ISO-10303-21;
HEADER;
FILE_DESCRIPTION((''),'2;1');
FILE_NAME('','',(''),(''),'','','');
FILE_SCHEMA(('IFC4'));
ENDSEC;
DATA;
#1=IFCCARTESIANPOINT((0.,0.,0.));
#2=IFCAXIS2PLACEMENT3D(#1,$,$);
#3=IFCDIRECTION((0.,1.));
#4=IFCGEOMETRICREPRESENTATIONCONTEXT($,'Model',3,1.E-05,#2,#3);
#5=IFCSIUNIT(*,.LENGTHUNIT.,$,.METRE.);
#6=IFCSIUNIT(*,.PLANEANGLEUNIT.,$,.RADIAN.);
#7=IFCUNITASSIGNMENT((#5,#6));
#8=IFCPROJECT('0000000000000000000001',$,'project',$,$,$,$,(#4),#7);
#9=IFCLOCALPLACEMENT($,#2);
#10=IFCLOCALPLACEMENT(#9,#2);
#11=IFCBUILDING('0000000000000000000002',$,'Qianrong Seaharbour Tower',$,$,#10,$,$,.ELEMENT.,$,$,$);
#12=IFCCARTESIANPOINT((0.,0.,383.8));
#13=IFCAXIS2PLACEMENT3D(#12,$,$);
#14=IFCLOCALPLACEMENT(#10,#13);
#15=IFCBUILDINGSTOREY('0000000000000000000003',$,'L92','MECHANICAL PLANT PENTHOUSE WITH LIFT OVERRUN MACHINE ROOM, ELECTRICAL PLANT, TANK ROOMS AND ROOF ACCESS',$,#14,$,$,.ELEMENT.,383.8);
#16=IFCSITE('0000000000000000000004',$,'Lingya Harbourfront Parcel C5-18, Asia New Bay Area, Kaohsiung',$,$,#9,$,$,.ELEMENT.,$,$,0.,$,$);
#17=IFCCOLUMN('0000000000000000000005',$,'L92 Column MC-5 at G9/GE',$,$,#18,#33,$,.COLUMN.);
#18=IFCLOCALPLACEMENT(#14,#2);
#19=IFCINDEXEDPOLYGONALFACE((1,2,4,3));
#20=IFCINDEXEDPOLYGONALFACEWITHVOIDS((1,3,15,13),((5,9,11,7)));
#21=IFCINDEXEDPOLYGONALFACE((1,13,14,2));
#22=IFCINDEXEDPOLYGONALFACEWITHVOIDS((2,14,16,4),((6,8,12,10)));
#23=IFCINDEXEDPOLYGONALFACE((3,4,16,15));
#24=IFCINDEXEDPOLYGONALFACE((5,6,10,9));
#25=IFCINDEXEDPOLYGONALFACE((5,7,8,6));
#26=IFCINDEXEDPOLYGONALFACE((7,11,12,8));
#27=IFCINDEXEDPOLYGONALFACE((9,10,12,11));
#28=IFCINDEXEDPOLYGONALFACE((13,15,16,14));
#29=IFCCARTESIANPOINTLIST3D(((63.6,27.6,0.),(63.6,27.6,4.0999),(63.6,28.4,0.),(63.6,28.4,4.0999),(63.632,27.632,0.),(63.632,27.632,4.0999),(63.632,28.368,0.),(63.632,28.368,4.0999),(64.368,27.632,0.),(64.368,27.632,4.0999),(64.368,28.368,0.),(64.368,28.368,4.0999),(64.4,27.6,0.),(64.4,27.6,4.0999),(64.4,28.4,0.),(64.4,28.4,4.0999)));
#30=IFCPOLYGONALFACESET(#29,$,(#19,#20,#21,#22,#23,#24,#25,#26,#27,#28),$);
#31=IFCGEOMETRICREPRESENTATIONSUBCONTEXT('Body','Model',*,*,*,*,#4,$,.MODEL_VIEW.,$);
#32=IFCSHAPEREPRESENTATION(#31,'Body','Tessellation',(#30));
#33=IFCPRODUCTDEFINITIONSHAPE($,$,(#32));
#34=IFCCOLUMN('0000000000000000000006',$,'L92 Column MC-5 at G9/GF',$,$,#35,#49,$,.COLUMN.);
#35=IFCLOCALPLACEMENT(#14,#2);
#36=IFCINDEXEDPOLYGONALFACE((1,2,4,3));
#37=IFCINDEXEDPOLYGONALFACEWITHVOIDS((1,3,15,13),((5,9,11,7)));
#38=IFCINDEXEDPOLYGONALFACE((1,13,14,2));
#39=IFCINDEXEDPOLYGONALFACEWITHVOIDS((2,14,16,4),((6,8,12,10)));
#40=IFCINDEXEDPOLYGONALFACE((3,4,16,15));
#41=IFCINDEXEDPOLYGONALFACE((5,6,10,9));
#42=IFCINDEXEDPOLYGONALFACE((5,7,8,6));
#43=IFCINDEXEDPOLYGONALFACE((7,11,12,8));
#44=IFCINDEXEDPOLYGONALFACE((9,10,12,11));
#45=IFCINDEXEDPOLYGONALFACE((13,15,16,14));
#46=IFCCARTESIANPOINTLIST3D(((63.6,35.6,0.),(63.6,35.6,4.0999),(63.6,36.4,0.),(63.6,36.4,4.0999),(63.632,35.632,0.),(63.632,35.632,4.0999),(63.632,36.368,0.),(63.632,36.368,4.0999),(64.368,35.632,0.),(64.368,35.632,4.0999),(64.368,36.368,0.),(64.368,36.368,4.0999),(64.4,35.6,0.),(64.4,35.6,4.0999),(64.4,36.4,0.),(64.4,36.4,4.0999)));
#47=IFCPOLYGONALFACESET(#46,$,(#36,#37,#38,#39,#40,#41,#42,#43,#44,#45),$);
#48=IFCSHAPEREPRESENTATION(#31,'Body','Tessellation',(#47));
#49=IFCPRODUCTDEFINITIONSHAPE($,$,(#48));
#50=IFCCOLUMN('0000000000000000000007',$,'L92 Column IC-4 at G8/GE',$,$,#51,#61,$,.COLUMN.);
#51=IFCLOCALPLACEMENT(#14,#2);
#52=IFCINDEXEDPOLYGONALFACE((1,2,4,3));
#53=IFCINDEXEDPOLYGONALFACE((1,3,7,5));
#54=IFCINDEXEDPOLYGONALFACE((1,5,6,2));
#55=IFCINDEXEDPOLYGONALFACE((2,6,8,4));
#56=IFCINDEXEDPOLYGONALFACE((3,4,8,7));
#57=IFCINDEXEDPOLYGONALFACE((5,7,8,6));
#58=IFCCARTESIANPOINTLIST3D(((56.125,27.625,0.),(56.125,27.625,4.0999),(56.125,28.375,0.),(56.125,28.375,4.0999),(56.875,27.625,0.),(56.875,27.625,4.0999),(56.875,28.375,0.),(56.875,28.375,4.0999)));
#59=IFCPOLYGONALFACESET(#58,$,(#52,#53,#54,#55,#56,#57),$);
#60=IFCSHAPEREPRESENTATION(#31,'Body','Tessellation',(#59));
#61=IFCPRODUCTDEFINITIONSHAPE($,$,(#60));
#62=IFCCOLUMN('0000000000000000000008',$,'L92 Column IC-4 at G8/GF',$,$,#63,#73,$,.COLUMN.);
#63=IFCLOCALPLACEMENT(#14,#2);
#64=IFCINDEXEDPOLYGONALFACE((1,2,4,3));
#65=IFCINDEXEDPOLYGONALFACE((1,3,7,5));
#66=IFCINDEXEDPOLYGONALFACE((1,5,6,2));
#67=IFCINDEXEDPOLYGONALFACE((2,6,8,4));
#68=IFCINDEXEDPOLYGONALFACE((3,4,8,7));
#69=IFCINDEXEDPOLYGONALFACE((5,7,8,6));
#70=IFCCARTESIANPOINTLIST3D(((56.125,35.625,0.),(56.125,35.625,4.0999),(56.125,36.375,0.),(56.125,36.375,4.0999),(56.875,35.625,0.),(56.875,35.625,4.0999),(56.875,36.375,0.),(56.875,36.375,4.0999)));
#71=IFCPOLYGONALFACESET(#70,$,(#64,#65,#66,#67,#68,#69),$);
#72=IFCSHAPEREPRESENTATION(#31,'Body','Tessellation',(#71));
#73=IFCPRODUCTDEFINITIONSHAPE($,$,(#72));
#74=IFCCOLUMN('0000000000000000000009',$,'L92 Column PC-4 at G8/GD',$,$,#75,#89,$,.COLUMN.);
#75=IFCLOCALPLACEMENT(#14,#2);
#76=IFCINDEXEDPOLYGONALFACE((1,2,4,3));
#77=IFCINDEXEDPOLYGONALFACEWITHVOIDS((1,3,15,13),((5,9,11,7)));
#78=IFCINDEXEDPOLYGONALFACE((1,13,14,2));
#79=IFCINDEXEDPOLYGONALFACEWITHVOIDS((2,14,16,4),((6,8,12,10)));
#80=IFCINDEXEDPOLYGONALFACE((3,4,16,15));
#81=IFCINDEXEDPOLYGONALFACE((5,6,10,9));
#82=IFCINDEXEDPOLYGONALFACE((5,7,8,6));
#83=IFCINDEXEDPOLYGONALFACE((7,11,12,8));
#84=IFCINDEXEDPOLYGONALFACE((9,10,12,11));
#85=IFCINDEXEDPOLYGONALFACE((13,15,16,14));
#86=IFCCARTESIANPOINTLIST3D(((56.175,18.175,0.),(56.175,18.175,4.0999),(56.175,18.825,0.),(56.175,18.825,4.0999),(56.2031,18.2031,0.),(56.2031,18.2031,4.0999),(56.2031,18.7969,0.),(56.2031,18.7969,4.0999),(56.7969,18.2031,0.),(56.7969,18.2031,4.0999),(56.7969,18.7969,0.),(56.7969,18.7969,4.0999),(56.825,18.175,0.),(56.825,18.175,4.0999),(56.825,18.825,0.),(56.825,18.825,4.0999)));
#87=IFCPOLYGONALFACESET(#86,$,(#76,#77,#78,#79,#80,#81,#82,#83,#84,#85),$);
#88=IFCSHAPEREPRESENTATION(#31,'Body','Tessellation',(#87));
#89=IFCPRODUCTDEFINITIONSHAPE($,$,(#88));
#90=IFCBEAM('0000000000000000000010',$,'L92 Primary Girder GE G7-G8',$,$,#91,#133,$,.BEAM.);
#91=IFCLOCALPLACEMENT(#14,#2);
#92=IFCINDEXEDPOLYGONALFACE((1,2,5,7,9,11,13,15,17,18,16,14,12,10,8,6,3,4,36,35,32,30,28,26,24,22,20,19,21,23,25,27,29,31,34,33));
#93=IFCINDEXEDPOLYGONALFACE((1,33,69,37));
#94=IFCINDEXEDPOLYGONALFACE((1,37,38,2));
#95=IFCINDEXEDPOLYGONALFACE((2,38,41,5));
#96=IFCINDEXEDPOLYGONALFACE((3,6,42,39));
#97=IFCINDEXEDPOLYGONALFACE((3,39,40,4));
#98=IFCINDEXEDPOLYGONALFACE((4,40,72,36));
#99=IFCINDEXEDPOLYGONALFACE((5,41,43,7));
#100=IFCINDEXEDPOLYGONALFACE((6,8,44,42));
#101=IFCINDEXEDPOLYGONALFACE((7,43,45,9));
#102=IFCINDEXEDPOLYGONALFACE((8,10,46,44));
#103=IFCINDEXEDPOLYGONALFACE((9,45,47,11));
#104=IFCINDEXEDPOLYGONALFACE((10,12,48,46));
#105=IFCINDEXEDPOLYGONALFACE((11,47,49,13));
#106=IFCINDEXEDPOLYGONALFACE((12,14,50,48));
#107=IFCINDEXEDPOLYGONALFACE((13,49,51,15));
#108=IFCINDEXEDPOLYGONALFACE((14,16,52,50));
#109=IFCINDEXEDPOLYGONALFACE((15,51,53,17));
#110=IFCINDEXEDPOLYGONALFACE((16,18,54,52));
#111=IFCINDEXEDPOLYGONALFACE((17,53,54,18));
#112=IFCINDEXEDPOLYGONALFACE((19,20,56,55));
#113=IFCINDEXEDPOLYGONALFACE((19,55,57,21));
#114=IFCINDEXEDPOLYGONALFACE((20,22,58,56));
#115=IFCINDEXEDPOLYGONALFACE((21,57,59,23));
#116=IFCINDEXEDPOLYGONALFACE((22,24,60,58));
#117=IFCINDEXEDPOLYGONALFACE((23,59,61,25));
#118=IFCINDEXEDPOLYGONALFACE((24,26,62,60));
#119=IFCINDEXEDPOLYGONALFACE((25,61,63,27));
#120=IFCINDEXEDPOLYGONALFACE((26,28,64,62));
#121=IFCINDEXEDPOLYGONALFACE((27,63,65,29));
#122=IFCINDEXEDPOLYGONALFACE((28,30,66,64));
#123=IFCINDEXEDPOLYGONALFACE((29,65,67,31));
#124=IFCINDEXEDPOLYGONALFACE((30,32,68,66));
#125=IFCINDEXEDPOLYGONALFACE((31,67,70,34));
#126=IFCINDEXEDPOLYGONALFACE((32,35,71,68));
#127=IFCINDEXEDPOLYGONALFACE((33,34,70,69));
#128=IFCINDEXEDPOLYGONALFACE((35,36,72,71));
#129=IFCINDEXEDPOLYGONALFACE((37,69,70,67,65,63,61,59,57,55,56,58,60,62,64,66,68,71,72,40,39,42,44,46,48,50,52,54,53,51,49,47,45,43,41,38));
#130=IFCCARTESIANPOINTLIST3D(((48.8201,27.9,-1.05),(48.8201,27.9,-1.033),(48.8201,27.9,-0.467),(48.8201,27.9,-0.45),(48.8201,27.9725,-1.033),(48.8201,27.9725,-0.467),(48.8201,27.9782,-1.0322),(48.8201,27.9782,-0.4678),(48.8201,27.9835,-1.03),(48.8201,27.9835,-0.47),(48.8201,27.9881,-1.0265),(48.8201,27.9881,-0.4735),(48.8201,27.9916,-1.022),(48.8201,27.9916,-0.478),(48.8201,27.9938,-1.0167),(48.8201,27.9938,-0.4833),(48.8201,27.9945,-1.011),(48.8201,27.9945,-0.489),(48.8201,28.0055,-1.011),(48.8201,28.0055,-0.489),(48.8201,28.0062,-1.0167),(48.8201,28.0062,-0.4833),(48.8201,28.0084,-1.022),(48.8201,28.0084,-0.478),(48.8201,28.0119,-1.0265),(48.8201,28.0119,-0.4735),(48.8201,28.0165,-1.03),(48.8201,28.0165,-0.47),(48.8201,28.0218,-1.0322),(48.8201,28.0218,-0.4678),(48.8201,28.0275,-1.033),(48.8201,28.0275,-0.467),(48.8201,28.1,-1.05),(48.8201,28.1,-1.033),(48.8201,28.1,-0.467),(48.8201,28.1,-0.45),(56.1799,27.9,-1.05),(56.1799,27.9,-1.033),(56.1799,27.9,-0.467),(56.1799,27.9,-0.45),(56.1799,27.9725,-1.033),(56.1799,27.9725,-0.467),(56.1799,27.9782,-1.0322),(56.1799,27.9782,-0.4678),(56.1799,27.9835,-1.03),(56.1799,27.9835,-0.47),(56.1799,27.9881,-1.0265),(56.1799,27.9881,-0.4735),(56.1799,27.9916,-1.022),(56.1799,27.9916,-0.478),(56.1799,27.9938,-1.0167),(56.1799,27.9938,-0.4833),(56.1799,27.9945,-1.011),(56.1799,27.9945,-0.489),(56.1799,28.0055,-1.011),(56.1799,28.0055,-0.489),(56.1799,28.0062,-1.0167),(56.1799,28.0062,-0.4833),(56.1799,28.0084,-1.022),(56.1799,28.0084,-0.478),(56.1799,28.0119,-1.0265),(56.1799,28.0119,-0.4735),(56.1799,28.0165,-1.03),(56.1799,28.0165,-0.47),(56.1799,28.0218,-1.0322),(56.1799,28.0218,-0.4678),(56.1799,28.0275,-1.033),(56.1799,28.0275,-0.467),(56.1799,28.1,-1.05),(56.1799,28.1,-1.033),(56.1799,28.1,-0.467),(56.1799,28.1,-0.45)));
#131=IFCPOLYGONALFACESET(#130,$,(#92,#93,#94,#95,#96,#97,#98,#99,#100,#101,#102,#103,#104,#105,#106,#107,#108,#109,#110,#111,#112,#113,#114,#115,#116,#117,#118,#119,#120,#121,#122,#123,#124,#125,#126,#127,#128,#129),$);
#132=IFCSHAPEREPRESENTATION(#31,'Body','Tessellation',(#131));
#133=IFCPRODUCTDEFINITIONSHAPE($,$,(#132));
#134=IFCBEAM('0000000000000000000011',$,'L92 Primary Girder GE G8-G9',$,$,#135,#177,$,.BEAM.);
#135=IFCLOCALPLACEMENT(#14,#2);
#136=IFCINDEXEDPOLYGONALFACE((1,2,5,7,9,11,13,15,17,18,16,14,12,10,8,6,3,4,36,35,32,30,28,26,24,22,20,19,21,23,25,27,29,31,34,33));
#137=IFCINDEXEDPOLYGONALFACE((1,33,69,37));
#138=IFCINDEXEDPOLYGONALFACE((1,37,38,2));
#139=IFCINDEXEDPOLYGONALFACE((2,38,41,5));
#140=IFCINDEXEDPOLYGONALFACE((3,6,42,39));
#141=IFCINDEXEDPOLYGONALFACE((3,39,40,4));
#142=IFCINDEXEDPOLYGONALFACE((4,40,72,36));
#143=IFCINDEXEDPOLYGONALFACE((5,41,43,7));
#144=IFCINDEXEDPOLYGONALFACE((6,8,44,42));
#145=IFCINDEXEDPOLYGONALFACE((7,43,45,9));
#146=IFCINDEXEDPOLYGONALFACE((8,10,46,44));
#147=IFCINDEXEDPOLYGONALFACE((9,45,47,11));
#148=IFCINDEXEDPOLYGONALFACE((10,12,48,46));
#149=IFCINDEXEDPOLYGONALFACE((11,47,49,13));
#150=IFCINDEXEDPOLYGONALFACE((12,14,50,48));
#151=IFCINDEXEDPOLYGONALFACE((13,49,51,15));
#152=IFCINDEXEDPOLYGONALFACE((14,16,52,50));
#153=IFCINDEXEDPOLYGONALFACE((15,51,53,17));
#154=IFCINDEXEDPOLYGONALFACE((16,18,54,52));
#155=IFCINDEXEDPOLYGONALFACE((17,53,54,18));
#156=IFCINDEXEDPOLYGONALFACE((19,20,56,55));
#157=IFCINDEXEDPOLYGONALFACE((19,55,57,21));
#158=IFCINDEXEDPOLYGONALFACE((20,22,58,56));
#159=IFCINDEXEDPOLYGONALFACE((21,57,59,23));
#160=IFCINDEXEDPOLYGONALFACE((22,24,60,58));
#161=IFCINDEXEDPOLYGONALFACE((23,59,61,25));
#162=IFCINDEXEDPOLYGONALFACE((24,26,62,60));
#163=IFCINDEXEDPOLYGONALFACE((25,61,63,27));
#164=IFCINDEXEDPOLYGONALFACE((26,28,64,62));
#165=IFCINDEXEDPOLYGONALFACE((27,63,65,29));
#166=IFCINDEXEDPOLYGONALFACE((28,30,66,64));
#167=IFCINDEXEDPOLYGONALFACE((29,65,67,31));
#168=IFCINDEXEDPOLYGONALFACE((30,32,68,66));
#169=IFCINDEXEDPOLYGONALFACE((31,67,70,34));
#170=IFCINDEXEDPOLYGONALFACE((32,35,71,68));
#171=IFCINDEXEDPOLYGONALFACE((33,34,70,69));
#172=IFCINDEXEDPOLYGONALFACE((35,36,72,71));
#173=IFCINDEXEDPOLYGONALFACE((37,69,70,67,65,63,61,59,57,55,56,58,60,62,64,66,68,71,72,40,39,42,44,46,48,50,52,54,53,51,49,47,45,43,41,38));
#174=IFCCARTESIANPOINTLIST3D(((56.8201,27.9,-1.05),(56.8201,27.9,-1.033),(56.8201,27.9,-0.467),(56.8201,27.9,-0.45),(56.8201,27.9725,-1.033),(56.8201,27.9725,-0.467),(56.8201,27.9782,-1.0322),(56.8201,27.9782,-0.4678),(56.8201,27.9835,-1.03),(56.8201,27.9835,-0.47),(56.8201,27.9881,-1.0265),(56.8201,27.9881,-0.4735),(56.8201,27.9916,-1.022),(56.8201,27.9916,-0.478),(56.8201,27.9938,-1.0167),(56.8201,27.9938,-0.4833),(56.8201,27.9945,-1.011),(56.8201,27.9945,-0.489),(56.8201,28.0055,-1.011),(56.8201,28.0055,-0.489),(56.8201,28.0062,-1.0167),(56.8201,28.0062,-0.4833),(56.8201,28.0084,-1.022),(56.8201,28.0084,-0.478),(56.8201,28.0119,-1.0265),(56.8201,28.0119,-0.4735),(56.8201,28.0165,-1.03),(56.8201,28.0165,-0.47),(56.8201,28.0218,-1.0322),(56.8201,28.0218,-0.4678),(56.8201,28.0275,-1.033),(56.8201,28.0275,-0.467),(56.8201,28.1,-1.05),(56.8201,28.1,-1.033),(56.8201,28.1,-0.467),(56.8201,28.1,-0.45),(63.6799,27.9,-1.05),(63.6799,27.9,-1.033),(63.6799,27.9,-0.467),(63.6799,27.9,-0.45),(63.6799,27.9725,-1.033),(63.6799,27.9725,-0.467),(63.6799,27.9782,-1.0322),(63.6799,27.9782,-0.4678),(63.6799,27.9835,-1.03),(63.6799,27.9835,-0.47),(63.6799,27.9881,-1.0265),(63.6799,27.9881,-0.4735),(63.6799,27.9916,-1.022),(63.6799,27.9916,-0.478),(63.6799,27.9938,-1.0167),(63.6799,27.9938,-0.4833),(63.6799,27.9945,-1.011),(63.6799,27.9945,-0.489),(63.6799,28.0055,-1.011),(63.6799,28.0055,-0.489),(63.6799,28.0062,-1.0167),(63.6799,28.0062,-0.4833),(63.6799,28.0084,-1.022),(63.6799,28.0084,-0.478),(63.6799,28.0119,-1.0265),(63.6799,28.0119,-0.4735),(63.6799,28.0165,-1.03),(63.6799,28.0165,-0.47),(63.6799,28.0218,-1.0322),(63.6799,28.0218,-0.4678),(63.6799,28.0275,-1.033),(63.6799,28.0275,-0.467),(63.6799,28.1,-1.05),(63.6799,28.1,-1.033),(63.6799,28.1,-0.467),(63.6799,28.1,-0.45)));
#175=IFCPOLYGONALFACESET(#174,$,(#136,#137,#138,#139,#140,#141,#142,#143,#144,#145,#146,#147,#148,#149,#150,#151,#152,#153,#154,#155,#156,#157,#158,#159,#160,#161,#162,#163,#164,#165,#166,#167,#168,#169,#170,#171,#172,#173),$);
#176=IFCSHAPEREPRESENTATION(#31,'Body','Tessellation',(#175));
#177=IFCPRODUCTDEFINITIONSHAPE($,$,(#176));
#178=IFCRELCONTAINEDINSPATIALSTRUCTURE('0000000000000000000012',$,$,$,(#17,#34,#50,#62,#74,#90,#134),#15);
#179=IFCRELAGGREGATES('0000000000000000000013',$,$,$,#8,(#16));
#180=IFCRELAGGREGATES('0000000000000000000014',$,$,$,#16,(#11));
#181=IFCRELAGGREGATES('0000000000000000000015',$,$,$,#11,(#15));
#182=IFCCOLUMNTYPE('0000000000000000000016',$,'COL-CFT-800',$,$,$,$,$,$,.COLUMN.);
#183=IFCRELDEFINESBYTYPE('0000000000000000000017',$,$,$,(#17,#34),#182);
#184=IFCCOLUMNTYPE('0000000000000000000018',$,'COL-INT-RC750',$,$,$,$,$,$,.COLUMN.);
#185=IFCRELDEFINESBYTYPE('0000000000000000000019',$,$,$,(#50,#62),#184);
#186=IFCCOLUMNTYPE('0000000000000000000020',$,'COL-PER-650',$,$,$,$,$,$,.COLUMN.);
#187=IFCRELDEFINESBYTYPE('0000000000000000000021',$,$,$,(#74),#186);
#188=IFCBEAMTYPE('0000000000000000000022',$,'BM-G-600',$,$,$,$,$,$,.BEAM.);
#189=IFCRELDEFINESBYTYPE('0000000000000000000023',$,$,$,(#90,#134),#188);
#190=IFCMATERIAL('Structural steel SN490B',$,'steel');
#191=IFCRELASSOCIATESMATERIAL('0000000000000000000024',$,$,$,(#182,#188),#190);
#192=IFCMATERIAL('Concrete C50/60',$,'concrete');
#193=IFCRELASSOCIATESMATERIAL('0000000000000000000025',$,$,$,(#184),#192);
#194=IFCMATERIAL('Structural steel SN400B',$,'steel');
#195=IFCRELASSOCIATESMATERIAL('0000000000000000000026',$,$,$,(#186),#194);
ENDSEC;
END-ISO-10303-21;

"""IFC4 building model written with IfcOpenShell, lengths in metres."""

from ifc_helpers import new_model, si_unit, direction, frame, origin, origin_2d, place, context, subcontext, project, spatial, rectangle, hollow_rectangle, i_section, extrude, material, material_profile, profile_set, type_object, element, save


model = new_model("IFC4")

# Units and contexts
model_context = context("Model", 3, precision=1e-05, world=origin(), true_north=direction((0.0, 1.0)))
body_context = subcontext(model_context, "Body", "Model", "MODEL_VIEW")
ifc_project = project(units=[si_unit("LENGTHUNIT", "METRE"), si_unit("PLANEANGLEUNIT", "RADIAN")], contexts=[model_context])

# Site, building, storey
site_placement = place(None, origin())
site = spatial("IfcSite", under=ifc_project, at=site_placement, Name="Lingya Harbourfront Parcel C5-18, Asia New Bay Area, Kaohsiung", CompositionType="ELEMENT", RefElevation=0.0)
building_placement = place(site_placement, origin())
building = spatial("IfcBuilding", under=site, at=building_placement, Name="Qianrong Seaharbour Tower", CompositionType="ELEMENT")
storey_placement = place(building_placement, frame((0.0, 0.0, 383.8)))
storey = spatial("IfcBuildingStorey", under=building, at=storey_placement, Name="L92", Description="MECHANICAL PLANT PENTHOUSE WITH LIFT OVERRUN MACHINE ROOM, ELECTRICAL PLANT, TANK ROOMS AND ROOF ACCESS", CompositionType="ELEMENT", Elevation=383.8)

# Columns
ifc_material_1 = material(Name="Structural steel SN490B", Category="steel")
ifc_material_profile_1 = material_profile(ifc_material_1, hollow_rectangle(XDim=0.8, YDim=0.8, WallThickness=0.032, at=origin_2d()), Name="BOX800x800x32")
ifc_profile_set_1 = profile_set([ifc_material_profile_1], Name="Structural steel SN490B")
column_type_1 = type_object("IfcColumnType", Name="COL-CFT-800", PredefinedType="COLUMN", material=ifc_profile_set_1)
for number, where, z_axis, x_axis, name in (
    (1, (64.0, 28.0, 0.0), (0.0, 0.0, 1.0), (1.0, 0.0, 0.0), "L92 Column MC-5 at G9/GE"),
    (2, (64.0, 36.0, 0.0), (0.0, 0.0, 1.0), (1.0, 0.0, 0.0), "L92 Column MC-5 at G9/GF"),
):
    element("IfcColumn", number, at=place(storey_placement, frame(where, z_axis=z_axis, x_axis=x_axis)), inside=storey, type_object=column_type_1, Name=name, PredefinedType="COLUMN", context=body_context, shape_type="SweptSolid", body=[
        extrude(hollow_rectangle(XDim=0.8, YDim=0.8, WallThickness=0.032, at=origin_2d()), origin(), (0.0, 0.0, 1.0), 4.0999),
    ])
ifc_material_2 = material(Name="Concrete C50/60", Category="concrete")
ifc_material_profile_2 = material_profile(ifc_material_2, rectangle(XDim=0.75, YDim=0.75, at=origin_2d()), Name="RC750x750")
ifc_profile_set_2 = profile_set([ifc_material_profile_2], Name="Concrete C50/60")
column_type_2 = type_object("IfcColumnType", Name="COL-INT-RC750", PredefinedType="COLUMN", material=ifc_profile_set_2)
for number, where, z_axis, x_axis, name in (
    (3, (56.5, 28.0, 0.0), (0.0, 0.0, 1.0), (1.0, 0.0, 0.0), "L92 Column IC-4 at G8/GE"),
    (4, (56.5, 36.0, 0.0), (0.0, 0.0, 1.0), (1.0, 0.0, 0.0), "L92 Column IC-4 at G8/GF"),
):
    element("IfcColumn", number, at=place(storey_placement, frame(where, z_axis=z_axis, x_axis=x_axis)), inside=storey, type_object=column_type_2, Name=name, PredefinedType="COLUMN", context=body_context, shape_type="SweptSolid", body=[
        extrude(rectangle(XDim=0.75, YDim=0.75, at=origin_2d()), origin(), (0.0, 0.0, 1.0), 4.0999),
    ])
ifc_material_3 = material(Name="Structural steel SN400B", Category="steel")
ifc_material_profile_3 = material_profile(ifc_material_3, hollow_rectangle(XDim=0.6499, YDim=0.6499, WallThickness=0.0281, at=origin_2d()), Name="BOX650x650x28")
ifc_profile_set_3 = profile_set([ifc_material_profile_3], Name="Structural steel SN400B")
column_type_3 = type_object("IfcColumnType", Name="COL-PER-650", PredefinedType="COLUMN", material=ifc_profile_set_3)
column_placement = place(storey_placement, frame((56.5, 18.5, 0.0), z_axis=(0.0, 0.0, 1.0), x_axis=(1.0, 0.0, 0.0)))
element("IfcColumn", 5, at=column_placement, inside=storey, type_object=column_type_3, Name="L92 Column PC-4 at G8/GD", PredefinedType="COLUMN", context=body_context, shape_type="SweptSolid", body=[
    extrude(hollow_rectangle(XDim=0.6499, YDim=0.6499, WallThickness=0.0281, at=origin_2d()), origin(), (0.0, 0.0, 1.0), 4.0999),
])

# Beams
ifc_material_profile_4 = material_profile(ifc_material_1, i_section(OverallWidth=0.2, OverallDepth=0.6001, WebThickness=0.011, FlangeThickness=0.0171, FilletRadius=0.022, at=origin_2d()), Name="H600x200x11x17")
ifc_profile_set_4 = profile_set([ifc_material_profile_4], Name="Structural steel SN490B")
beam_type_1 = type_object("IfcBeamType", Name="BM-G-600", PredefinedType="BEAM", material=ifc_profile_set_4)
beam_1_placement = place(storey_placement, frame((48.8201, 28.0, -0.75), z_axis=(1.0, 0.0, 0.0), x_axis=(0.0, 1.0, 0.0)))
element("IfcBeam", 6, at=beam_1_placement, inside=storey, type_object=beam_type_1, Name="L92 Primary Girder GE G7-G8", PredefinedType="BEAM", context=body_context, shape_type="SweptSolid", body=[
    extrude(i_section(OverallWidth=0.2, OverallDepth=0.6001, WebThickness=0.011, FlangeThickness=0.0171, FilletRadius=0.022, at=origin_2d()), origin(), (0.0, 0.0, 1.0), 7.3599),
])
beam_2_placement = place(storey_placement, frame((56.8201, 28.0, -0.75), z_axis=(1.0, 0.0, 0.0), x_axis=(0.0, 1.0, 0.0)))
element("IfcBeam", 7, at=beam_2_placement, inside=storey, type_object=beam_type_1, Name="L92 Primary Girder GE G8-G9", PredefinedType="BEAM", context=body_context, shape_type="SweptSolid", body=[
    extrude(i_section(OverallWidth=0.2, OverallDepth=0.6001, WebThickness=0.011, FlangeThickness=0.0171, FilletRadius=0.022, at=origin_2d()), origin(), (0.0, 0.0, 1.0), 6.8599),
])

save(model, "model.ifc")
